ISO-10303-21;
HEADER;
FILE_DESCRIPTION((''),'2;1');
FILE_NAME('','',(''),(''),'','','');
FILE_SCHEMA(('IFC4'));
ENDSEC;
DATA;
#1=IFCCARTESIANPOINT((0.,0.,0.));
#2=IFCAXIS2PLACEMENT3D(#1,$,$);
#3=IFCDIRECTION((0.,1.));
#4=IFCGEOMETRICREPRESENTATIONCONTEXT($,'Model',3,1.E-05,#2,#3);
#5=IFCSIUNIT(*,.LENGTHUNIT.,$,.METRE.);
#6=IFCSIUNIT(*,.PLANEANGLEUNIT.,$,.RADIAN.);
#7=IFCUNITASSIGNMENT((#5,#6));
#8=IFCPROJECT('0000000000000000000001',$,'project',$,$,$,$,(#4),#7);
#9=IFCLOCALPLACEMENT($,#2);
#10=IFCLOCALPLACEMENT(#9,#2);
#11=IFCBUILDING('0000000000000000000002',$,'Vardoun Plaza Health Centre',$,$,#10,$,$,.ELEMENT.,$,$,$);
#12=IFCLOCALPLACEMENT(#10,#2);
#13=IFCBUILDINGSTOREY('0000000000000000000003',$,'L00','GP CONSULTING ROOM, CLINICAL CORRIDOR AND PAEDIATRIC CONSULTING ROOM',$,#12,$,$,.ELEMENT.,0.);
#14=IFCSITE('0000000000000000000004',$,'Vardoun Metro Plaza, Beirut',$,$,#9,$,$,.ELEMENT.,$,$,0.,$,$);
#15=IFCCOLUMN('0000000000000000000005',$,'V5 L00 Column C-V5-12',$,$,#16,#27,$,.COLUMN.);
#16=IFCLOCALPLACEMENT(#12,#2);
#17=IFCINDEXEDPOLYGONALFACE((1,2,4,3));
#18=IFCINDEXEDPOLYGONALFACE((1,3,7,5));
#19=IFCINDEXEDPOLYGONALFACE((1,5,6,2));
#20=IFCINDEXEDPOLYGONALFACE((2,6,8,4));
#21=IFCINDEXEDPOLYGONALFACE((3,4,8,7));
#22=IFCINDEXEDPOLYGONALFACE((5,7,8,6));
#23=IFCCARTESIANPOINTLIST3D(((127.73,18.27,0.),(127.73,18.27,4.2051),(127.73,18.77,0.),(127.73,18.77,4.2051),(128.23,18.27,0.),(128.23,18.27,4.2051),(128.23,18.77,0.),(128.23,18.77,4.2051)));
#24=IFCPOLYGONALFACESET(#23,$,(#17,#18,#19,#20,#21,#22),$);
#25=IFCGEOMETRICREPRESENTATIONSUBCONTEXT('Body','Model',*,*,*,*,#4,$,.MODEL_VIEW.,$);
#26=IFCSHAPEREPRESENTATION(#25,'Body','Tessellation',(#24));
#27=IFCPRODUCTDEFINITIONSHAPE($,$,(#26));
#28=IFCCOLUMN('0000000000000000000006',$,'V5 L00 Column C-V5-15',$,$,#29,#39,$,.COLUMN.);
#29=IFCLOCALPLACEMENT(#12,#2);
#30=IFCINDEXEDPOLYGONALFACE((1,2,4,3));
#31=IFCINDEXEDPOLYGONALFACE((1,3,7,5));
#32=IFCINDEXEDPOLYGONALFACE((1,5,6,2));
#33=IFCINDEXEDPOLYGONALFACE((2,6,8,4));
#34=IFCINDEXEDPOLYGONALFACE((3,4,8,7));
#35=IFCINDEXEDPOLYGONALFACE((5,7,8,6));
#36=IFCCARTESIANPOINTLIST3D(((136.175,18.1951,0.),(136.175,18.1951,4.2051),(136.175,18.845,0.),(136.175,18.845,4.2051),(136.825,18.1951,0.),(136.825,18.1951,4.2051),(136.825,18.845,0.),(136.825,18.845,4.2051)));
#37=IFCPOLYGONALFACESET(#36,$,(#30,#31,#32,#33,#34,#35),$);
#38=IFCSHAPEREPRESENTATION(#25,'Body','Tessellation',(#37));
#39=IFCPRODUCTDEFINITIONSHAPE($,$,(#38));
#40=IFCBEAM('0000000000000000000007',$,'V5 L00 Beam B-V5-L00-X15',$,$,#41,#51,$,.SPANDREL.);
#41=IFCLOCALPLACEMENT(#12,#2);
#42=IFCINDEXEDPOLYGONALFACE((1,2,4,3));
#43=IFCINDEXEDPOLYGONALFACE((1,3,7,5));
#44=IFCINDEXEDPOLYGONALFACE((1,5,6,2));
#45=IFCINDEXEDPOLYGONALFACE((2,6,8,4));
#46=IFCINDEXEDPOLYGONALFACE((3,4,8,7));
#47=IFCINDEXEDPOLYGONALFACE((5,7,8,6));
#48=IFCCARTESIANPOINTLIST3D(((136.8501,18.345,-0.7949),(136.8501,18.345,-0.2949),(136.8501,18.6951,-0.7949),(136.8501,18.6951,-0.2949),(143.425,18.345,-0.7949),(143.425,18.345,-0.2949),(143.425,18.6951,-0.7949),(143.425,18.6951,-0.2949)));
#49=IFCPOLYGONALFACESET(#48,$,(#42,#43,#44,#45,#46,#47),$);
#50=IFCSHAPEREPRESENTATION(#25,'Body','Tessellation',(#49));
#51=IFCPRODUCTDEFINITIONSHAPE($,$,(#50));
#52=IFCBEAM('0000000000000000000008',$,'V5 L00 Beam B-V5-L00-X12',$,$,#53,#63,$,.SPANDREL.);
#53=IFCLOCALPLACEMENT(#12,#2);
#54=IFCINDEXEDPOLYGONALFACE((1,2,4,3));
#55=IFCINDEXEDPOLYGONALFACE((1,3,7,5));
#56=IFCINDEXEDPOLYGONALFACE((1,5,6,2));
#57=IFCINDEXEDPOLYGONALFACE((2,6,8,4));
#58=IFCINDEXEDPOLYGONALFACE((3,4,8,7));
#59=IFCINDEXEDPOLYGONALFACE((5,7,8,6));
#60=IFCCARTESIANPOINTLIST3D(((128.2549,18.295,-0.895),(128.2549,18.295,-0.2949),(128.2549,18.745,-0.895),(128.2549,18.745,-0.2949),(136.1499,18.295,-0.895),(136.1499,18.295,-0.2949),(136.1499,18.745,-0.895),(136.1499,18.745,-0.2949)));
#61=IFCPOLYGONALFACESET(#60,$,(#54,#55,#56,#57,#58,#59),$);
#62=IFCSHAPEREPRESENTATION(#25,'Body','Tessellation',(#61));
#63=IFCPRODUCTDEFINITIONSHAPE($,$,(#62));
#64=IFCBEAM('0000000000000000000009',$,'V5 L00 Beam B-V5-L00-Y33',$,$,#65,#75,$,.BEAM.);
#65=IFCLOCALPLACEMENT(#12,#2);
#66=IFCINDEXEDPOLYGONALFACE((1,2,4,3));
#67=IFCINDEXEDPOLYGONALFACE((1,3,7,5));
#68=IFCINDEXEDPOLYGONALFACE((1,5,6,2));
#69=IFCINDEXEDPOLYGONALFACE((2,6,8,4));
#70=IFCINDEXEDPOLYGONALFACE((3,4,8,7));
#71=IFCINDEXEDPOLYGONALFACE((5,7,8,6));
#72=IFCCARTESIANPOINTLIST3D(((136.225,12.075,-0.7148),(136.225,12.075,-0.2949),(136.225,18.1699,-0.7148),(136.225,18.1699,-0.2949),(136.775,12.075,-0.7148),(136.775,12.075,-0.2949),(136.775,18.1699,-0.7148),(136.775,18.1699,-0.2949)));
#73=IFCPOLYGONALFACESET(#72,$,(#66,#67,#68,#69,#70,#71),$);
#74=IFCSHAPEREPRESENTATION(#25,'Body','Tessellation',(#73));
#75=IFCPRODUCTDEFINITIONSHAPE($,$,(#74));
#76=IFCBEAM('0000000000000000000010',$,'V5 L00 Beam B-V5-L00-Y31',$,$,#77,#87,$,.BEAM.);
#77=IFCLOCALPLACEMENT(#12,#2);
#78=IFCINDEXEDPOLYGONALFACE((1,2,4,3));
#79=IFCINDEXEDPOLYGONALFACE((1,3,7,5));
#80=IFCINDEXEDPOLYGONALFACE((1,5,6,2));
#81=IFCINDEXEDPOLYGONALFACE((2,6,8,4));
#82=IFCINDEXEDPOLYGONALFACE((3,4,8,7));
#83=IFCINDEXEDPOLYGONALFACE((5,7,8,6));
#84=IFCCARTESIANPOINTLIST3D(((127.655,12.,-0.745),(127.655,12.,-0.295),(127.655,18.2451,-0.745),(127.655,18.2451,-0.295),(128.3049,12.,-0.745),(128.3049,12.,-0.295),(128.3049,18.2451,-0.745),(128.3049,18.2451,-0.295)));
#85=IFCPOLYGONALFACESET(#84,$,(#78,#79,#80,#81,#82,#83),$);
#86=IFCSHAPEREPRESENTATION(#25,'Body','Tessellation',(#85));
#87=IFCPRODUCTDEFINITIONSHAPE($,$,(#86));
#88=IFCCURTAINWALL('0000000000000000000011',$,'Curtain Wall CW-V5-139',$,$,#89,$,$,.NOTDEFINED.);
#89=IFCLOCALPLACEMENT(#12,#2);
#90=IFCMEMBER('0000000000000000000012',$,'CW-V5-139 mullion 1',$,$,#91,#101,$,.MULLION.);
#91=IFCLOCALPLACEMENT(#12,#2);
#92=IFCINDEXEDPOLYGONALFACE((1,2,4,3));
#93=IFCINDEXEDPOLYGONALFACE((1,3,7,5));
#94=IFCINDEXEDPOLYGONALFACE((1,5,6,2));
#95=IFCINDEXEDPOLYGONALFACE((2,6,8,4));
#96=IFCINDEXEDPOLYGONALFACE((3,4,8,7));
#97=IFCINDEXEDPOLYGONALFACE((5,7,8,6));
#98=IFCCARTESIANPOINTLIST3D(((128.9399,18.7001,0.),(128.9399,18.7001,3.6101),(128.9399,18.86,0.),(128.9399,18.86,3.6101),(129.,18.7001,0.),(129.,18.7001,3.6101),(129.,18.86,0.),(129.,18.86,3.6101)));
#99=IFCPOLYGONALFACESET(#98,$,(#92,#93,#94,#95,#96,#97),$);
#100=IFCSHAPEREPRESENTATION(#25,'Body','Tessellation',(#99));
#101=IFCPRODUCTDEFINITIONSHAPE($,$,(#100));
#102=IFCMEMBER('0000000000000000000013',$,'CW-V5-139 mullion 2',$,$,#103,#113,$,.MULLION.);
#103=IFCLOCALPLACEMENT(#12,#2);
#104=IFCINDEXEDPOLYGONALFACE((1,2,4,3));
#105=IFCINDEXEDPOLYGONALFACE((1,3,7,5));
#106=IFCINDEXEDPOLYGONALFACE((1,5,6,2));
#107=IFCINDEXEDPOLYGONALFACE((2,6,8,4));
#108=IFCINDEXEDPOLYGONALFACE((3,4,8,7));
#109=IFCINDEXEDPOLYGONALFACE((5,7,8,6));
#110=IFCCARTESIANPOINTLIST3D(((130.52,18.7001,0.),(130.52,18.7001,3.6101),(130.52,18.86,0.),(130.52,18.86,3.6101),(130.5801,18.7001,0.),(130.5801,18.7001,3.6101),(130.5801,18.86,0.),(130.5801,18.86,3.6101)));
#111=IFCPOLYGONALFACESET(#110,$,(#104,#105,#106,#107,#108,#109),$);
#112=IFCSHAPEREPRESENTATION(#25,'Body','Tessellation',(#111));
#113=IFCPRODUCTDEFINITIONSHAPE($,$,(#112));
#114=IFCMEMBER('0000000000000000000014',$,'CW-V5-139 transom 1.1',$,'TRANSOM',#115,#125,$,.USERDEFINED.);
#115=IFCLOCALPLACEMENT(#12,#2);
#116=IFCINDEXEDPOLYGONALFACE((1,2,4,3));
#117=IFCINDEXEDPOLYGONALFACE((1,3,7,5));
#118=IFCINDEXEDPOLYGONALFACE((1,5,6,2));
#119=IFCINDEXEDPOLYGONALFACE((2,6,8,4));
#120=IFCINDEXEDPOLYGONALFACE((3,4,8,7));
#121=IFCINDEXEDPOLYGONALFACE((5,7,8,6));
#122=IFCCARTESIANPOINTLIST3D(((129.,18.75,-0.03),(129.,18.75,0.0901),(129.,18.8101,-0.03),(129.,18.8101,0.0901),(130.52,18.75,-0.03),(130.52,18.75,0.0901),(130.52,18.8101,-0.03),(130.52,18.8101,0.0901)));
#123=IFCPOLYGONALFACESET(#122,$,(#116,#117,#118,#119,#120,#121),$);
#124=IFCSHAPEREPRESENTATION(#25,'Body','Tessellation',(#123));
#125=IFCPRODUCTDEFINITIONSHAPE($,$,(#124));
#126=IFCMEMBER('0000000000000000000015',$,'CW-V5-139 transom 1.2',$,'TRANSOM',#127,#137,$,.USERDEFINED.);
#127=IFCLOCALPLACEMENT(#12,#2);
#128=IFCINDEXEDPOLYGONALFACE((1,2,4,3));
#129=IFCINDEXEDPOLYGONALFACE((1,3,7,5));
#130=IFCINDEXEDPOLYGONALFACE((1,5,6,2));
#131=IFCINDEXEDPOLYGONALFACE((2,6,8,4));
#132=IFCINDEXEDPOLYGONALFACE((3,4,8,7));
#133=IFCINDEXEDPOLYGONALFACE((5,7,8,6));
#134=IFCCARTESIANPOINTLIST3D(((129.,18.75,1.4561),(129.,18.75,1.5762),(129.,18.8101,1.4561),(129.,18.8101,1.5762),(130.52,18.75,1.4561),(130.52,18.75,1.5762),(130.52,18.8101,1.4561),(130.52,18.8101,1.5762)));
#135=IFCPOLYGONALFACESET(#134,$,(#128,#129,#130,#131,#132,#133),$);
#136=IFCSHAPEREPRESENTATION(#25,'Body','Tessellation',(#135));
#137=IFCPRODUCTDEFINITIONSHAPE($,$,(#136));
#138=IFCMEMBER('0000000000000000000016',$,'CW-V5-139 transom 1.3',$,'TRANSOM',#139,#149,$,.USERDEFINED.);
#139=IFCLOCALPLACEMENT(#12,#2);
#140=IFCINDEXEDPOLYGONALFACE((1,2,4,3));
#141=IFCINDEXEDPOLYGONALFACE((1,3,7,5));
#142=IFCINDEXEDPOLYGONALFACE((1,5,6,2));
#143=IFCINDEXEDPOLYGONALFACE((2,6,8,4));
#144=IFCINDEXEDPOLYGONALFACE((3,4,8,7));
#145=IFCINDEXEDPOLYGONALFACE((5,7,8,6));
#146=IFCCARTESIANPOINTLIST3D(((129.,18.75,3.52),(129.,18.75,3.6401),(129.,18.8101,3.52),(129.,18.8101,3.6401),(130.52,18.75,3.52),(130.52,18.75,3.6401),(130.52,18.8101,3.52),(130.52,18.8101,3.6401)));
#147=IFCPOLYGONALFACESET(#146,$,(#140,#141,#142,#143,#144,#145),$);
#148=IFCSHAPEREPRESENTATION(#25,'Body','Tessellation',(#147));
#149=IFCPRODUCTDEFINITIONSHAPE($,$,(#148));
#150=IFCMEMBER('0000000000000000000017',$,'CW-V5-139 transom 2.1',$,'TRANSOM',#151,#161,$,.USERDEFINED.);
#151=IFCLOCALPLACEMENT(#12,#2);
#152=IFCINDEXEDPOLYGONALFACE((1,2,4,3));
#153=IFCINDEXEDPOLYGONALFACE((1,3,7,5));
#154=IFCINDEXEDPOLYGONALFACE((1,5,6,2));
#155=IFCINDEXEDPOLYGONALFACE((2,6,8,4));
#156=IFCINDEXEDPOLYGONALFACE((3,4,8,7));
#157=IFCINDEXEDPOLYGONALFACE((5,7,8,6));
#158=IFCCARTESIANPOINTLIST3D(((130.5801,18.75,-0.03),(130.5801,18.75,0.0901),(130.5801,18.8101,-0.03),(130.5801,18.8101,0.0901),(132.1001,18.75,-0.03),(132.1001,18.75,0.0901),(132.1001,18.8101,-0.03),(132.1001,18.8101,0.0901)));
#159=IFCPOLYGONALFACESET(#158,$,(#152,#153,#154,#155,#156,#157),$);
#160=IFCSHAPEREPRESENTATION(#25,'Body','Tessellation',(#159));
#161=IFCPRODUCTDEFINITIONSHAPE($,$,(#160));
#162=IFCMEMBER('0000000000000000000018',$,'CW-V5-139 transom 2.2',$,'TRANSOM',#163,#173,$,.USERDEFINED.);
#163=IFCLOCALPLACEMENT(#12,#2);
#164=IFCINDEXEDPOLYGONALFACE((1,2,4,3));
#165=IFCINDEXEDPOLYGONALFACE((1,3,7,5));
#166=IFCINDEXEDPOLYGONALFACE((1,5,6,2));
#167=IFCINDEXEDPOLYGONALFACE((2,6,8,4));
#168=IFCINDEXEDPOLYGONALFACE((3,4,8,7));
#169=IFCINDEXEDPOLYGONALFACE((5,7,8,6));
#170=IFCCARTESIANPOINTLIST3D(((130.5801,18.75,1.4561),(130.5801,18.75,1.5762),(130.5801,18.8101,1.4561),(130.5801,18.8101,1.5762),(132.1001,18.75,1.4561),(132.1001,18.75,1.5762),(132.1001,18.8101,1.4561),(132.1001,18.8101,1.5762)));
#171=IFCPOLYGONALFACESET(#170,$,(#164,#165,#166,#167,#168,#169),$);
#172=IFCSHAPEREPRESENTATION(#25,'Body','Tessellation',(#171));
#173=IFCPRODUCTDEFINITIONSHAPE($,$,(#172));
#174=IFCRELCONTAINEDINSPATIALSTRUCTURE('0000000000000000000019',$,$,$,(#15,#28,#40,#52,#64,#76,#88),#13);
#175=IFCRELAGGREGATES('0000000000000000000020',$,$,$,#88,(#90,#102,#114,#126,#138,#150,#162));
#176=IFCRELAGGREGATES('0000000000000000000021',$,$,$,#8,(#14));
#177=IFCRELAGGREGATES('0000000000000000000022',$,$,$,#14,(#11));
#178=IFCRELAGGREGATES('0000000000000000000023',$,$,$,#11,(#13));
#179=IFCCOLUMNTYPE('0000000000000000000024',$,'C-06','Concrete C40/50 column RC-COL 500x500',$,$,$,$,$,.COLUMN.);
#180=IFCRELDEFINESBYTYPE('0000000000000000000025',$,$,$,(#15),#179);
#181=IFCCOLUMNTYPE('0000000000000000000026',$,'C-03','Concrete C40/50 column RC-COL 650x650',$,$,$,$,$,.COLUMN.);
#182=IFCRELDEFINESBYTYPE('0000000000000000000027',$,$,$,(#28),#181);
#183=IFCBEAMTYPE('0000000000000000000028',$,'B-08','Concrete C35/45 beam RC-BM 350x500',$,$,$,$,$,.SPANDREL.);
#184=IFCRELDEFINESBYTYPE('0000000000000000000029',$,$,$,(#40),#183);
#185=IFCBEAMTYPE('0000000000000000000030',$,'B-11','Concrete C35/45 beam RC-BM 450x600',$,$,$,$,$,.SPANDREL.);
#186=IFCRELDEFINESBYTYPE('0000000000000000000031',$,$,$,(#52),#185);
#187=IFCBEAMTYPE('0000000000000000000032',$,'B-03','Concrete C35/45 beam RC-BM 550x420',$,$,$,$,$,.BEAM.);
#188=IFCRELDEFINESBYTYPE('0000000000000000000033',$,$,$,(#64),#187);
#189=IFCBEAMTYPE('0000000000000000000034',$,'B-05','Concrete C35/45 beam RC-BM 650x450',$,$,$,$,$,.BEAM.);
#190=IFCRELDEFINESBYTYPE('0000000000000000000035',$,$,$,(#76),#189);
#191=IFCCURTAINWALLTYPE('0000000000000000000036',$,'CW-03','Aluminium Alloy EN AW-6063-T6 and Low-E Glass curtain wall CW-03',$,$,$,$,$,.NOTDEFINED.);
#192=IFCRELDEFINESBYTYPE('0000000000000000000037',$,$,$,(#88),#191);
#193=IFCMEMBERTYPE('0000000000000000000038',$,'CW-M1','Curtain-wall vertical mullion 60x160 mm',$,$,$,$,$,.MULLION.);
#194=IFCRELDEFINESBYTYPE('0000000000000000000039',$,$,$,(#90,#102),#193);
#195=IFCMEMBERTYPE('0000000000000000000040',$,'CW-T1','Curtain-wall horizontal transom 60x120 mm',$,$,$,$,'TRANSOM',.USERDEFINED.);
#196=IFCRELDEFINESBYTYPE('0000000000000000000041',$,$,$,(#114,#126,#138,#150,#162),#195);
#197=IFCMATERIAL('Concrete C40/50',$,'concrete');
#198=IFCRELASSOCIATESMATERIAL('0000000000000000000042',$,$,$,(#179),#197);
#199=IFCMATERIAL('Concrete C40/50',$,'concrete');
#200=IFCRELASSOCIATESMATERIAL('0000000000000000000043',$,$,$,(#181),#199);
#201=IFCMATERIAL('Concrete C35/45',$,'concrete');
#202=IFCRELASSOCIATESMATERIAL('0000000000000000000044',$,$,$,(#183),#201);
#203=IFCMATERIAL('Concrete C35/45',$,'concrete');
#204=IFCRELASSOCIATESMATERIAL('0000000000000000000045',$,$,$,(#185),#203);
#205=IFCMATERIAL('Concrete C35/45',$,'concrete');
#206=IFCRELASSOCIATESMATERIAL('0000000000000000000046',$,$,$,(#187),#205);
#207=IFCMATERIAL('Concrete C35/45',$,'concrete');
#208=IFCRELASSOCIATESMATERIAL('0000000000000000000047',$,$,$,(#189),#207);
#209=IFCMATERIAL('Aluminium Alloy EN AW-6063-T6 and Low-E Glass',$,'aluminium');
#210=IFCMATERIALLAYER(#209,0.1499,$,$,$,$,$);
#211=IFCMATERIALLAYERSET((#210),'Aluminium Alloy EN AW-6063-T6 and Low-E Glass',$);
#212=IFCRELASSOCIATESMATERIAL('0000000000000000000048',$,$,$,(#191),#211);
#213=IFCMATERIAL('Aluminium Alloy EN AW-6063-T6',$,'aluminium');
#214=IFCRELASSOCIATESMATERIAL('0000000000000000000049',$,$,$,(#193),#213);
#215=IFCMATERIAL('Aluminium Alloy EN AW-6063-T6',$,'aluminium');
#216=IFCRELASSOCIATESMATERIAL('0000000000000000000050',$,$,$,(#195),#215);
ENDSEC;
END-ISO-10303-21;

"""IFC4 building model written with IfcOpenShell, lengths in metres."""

from ifc_helpers import new_model, si_unit, direction, frame, origin, origin_2d, place, context, subcontext, project, spatial, rectangle, extrude, material, layer, layer_set, material_profile, profile_set, type_object, element, aggregate, save


model = new_model("IFC4")

# Units and contexts
model_context = context("Model", 3, precision=1e-05, world=origin(), true_north=direction((0.0, 1.0)))
body_context = subcontext(model_context, "Body", "Model", "MODEL_VIEW")
ifc_project = project(units=[si_unit("LENGTHUNIT", "METRE"), si_unit("PLANEANGLEUNIT", "RADIAN")], contexts=[model_context])

# Site, building, storey
site_placement = place(None, origin())
site = spatial("IfcSite", under=ifc_project, at=site_placement, Name="Vardoun Metro Plaza, Beirut", CompositionType="ELEMENT", RefElevation=0.0)
building_placement = place(site_placement, origin())
building = spatial("IfcBuilding", under=site, at=building_placement, Name="Vardoun Plaza Health Centre", CompositionType="ELEMENT")
storey_placement = place(building_placement, origin())
storey = spatial("IfcBuildingStorey", under=building, at=storey_placement, Name="L00", Description="GP CONSULTING ROOM, CLINICAL CORRIDOR AND PAEDIATRIC CONSULTING ROOM", CompositionType="ELEMENT", Elevation=0.0)

# Columns
ifc_material_1 = material(Name="Concrete C40/50", Category="concrete")
ifc_material_profile_1 = material_profile(ifc_material_1, rectangle(XDim=0.5, YDim=0.5, at=origin_2d()), Name="RC-COL 500x500")
ifc_profile_set_1 = profile_set([ifc_material_profile_1], Name="Concrete C40/50")
column_type_1 = type_object("IfcColumnType", Name="C-06", Description="Concrete C40/50 column RC-COL 500x500", PredefinedType="COLUMN", material=ifc_profile_set_1)
column_1_placement = place(storey_placement, frame((127.98, 18.52, 0.0), z_axis=(0.0, 0.0, 1.0), x_axis=(1.0, 0.0, 0.0)))
element("IfcColumn", 1, at=column_1_placement, inside=storey, type_object=column_type_1, Name="V5 L00 Column C-V5-12", PredefinedType="COLUMN", context=body_context, shape_type="SweptSolid", body=[
    extrude(rectangle(XDim=0.5, YDim=0.5, at=origin_2d()), origin(), (0.0, 0.0, 1.0), 4.2051),
])
ifc_material_2 = material(Name="Concrete C40/50", Category="concrete")
ifc_material_profile_2 = material_profile(ifc_material_2, rectangle(XDim=0.6499, YDim=0.6499, at=origin_2d()), Name="RC-COL 650x650")
ifc_profile_set_2 = profile_set([ifc_material_profile_2], Name="Concrete C40/50")
column_type_2 = type_object("IfcColumnType", Name="C-03", Description="Concrete C40/50 column RC-COL 650x650", PredefinedType="COLUMN", material=ifc_profile_set_2)
column_2_placement = place(storey_placement, frame((136.5, 18.52, 0.0), z_axis=(0.0, 0.0, 1.0), x_axis=(1.0, 0.0, 0.0)))
element("IfcColumn", 2, at=column_2_placement, inside=storey, type_object=column_type_2, Name="V5 L00 Column C-V5-15", PredefinedType="COLUMN", context=body_context, shape_type="SweptSolid", body=[
    extrude(rectangle(XDim=0.6499, YDim=0.6499, at=origin_2d()), origin(), (0.0, 0.0, 1.0), 4.2051),
])

# Beams
ifc_material_3 = material(Name="Concrete C35/45", Category="concrete")
ifc_material_profile_3 = material_profile(ifc_material_3, rectangle(XDim=0.3501, YDim=0.5, at=origin_2d()), Name="RC-BM 350x500")
ifc_profile_set_3 = profile_set([ifc_material_profile_3], Name="Concrete C35/45")
beam_type_1 = type_object("IfcBeamType", Name="B-08", Description="Concrete C35/45 beam RC-BM 350x500", PredefinedType="SPANDREL", material=ifc_profile_set_3)
beam_1_placement = place(storey_placement, frame((136.8501, 18.52, -0.5449), z_axis=(1.0, 0.0, 0.0), x_axis=(0.0, 1.0, 0.0)))
element("IfcBeam", 3, at=beam_1_placement, inside=storey, type_object=beam_type_1, Name="V5 L00 Beam B-V5-L00-X15", PredefinedType="SPANDREL", context=body_context, shape_type="SweptSolid", body=[
    extrude(rectangle(XDim=0.3501, YDim=0.5, at=origin_2d()), origin(), (0.0, 0.0, 1.0), 6.575),
])
ifc_material_4 = material(Name="Concrete C35/45", Category="concrete")
ifc_material_profile_4 = material_profile(ifc_material_4, rectangle(XDim=0.45, YDim=0.6001, at=origin_2d()), Name="RC-BM 450x600")
ifc_profile_set_4 = profile_set([ifc_material_profile_4], Name="Concrete C35/45")
beam_type_2 = type_object("IfcBeamType", Name="B-11", Description="Concrete C35/45 beam RC-BM 450x600", PredefinedType="SPANDREL", material=ifc_profile_set_4)
beam_2_placement = place(storey_placement, frame((128.2549, 18.52, -0.595), z_axis=(1.0, 0.0, 0.0), x_axis=(0.0, 1.0, 0.0)))
element("IfcBeam", 4, at=beam_2_placement, inside=storey, type_object=beam_type_2, Name="V5 L00 Beam B-V5-L00-X12", PredefinedType="SPANDREL", context=body_context, shape_type="SweptSolid", body=[
    extrude(rectangle(XDim=0.45, YDim=0.6001, at=origin_2d()), origin(), (0.0, 0.0, 1.0), 7.895),
])
ifc_material_5 = material(Name="Concrete C35/45", Category="concrete")
ifc_material_profile_5 = material_profile(ifc_material_5, rectangle(XDim=0.55, YDim=0.4199, at=origin_2d()), Name="RC-BM 550x420")
ifc_profile_set_5 = profile_set([ifc_material_profile_5], Name="Concrete C35/45")
beam_type_3 = type_object("IfcBeamType", Name="B-03", Description="Concrete C35/45 beam RC-BM 550x420", PredefinedType="BEAM", material=ifc_profile_set_5)
beam_3_placement = place(storey_placement, frame((136.5, 12.075, -0.5049), z_axis=(0.0, 1.0, 0.0), x_axis=(-1.0, 0.0, 0.0)))
element("IfcBeam", 5, at=beam_3_placement, inside=storey, type_object=beam_type_3, Name="V5 L00 Beam B-V5-L00-Y33", PredefinedType="BEAM", context=body_context, shape_type="SweptSolid", body=[
    extrude(rectangle(XDim=0.55, YDim=0.4199, at=origin_2d()), origin(), (0.0, 0.0, 1.0), 6.095),
])
ifc_material_6 = material(Name="Concrete C35/45", Category="concrete")
ifc_material_profile_6 = material_profile(ifc_material_6, rectangle(XDim=0.6499, YDim=0.45, at=origin_2d()), Name="RC-BM 650x450")
ifc_profile_set_6 = profile_set([ifc_material_profile_6], Name="Concrete C35/45")
beam_type_4 = type_object("IfcBeamType", Name="B-05", Description="Concrete C35/45 beam RC-BM 650x450", PredefinedType="BEAM", material=ifc_profile_set_6)
beam_4_placement = place(storey_placement, frame((127.98, 12.0, -0.52), z_axis=(0.0, 1.0, 0.0), x_axis=(-1.0, 0.0, 0.0)))
element("IfcBeam", 6, at=beam_4_placement, inside=storey, type_object=beam_type_4, Name="V5 L00 Beam B-V5-L00-Y31", PredefinedType="BEAM", context=body_context, shape_type="SweptSolid", body=[
    extrude(rectangle(XDim=0.6499, YDim=0.45, at=origin_2d()), origin(), (0.0, 0.0, 1.0), 6.2451),
])

# Curtain wall, members
ifc_material_7 = material(Name="Aluminium Alloy EN AW-6063-T6 and Low-E Glass", Category="aluminium")
ifc_layer_1 = layer(ifc_material_7, 0.1499)
ifc_layer_set_1 = layer_set([ifc_layer_1], Name="Aluminium Alloy EN AW-6063-T6 and Low-E Glass")
curtain_wall_type = type_object("IfcCurtainWallType", Name="CW-03", Description="Aluminium Alloy EN AW-6063-T6 and Low-E Glass curtain wall CW-03", PredefinedType="NOTDEFINED", material=ifc_layer_set_1)
curtain_wall_placement = place(storey_placement, origin())
curtain_wall = element("IfcCurtainWall", 7, at=curtain_wall_placement, inside=storey, type_object=curtain_wall_type, Name="Curtain Wall CW-V5-139", PredefinedType="NOTDEFINED")
ifc_material_8 = material(Name="Aluminium Alloy EN AW-6063-T6", Category="aluminium")
ifc_material_profile_7 = material_profile(ifc_material_8, rectangle(XDim=0.1599, YDim=0.0601, at=origin_2d()), Name="CWM 60x160")
ifc_profile_set_7 = profile_set([ifc_material_profile_7], Name="Aluminium Alloy EN AW-6063-T6")
member_type_1 = type_object("IfcMemberType", Name="CW-M1", Description="Curtain-wall vertical mullion 60x160 mm", PredefinedType="MULLION", material=ifc_profile_set_7)
member_1_placement = place(storey_placement, frame((128.97, 18.78, 0.0), z_axis=(0.0, 0.0, 1.0), x_axis=(0.0, 1.0, 0.0)))
member_1 = element("IfcMember", 8, at=member_1_placement, type_object=member_type_1, Name="CW-V5-139 mullion 1", PredefinedType="MULLION", context=body_context, shape_type="SweptSolid", body=[
    extrude(rectangle(XDim=0.1599, YDim=0.0601, at=origin_2d()), origin(), (0.0, 0.0, 1.0), 3.6101),
])
member_2_placement = place(storey_placement, frame((130.55, 18.78, 0.0), z_axis=(0.0, 0.0, 1.0), x_axis=(0.0, 1.0, 0.0)))
member_2 = element("IfcMember", 9, at=member_2_placement, type_object=member_type_1, Name="CW-V5-139 mullion 2", PredefinedType="MULLION", context=body_context, shape_type="SweptSolid", body=[
    extrude(rectangle(XDim=0.1599, YDim=0.0601, at=origin_2d()), origin(), (0.0, 0.0, 1.0), 3.6101),
])
ifc_material_9 = material(Name="Aluminium Alloy EN AW-6063-T6", Category="aluminium")
ifc_material_profile_8 = material_profile(ifc_material_9, rectangle(XDim=0.0601, YDim=0.1201, at=origin_2d()), Name="CWT 60x120")
ifc_profile_set_8 = profile_set([ifc_material_profile_8], Name="Aluminium Alloy EN AW-6063-T6")
member_type_2 = type_object("IfcMemberType", Name="CW-T1", Description="Curtain-wall horizontal transom 60x120 mm", ElementType="TRANSOM", PredefinedType="USERDEFINED", material=ifc_profile_set_8)
member_3_placement = place(storey_placement, frame((129.0, 18.78, 0.03), z_axis=(1.0, 0.0, 0.0), x_axis=(0.0, 1.0, 0.0)))
member_3 = element("IfcMember", 10, at=member_3_placement, type_object=member_type_2, Name="CW-V5-139 transom 1.1", ObjectType="TRANSOM", PredefinedType="USERDEFINED", context=body_context, shape_type="SweptSolid", body=[
    extrude(rectangle(XDim=0.0601, YDim=0.1201, at=origin_2d()), origin(), (0.0, 0.0, 1.0), 1.52),
])
member_4_placement = place(storey_placement, frame((129.0, 18.78, 1.5161), z_axis=(1.0, 0.0, 0.0), x_axis=(0.0, 1.0, 0.0)))
member_4 = element("IfcMember", 11, at=member_4_placement, type_object=member_type_2, Name="CW-V5-139 transom 1.2", ObjectType="TRANSOM", PredefinedType="USERDEFINED", context=body_context, shape_type="SweptSolid", body=[
    extrude(rectangle(XDim=0.0601, YDim=0.1201, at=origin_2d()), origin(), (0.0, 0.0, 1.0), 1.52),
])
member_5_placement = place(storey_placement, frame((129.0, 18.78, 3.5801), z_axis=(1.0, 0.0, 0.0), x_axis=(0.0, 1.0, 0.0)))
member_5 = element("IfcMember", 12, at=member_5_placement, type_object=member_type_2, Name="CW-V5-139 transom 1.3", ObjectType="TRANSOM", PredefinedType="USERDEFINED", context=body_context, shape_type="SweptSolid", body=[
    extrude(rectangle(XDim=0.0601, YDim=0.1201, at=origin_2d()), origin(), (0.0, 0.0, 1.0), 1.52),
])
member_6_placement = place(storey_placement, frame((130.5801, 18.78, 0.03), z_axis=(1.0, 0.0, 0.0), x_axis=(0.0, 1.0, 0.0)))
member_6 = element("IfcMember", 13, at=member_6_placement, type_object=member_type_2, Name="CW-V5-139 transom 2.1", ObjectType="TRANSOM", PredefinedType="USERDEFINED", context=body_context, shape_type="SweptSolid", body=[
    extrude(rectangle(XDim=0.0601, YDim=0.1201, at=origin_2d()), origin(), (0.0, 0.0, 1.0), 1.52),
])
member_7_placement = place(storey_placement, frame((130.5801, 18.78, 1.5161), z_axis=(1.0, 0.0, 0.0), x_axis=(0.0, 1.0, 0.0)))
member_7 = element("IfcMember", 14, at=member_7_placement, type_object=member_type_2, Name="CW-V5-139 transom 2.2", ObjectType="TRANSOM", PredefinedType="USERDEFINED", context=body_context, shape_type="SweptSolid", body=[
    extrude(rectangle(XDim=0.0601, YDim=0.1201, at=origin_2d()), origin(), (0.0, 0.0, 1.0), 1.52),
])
aggregate(curtain_wall, [member_1, member_2, member_3, member_4, member_5, member_6, member_7])

save(model, "model.ifc")
